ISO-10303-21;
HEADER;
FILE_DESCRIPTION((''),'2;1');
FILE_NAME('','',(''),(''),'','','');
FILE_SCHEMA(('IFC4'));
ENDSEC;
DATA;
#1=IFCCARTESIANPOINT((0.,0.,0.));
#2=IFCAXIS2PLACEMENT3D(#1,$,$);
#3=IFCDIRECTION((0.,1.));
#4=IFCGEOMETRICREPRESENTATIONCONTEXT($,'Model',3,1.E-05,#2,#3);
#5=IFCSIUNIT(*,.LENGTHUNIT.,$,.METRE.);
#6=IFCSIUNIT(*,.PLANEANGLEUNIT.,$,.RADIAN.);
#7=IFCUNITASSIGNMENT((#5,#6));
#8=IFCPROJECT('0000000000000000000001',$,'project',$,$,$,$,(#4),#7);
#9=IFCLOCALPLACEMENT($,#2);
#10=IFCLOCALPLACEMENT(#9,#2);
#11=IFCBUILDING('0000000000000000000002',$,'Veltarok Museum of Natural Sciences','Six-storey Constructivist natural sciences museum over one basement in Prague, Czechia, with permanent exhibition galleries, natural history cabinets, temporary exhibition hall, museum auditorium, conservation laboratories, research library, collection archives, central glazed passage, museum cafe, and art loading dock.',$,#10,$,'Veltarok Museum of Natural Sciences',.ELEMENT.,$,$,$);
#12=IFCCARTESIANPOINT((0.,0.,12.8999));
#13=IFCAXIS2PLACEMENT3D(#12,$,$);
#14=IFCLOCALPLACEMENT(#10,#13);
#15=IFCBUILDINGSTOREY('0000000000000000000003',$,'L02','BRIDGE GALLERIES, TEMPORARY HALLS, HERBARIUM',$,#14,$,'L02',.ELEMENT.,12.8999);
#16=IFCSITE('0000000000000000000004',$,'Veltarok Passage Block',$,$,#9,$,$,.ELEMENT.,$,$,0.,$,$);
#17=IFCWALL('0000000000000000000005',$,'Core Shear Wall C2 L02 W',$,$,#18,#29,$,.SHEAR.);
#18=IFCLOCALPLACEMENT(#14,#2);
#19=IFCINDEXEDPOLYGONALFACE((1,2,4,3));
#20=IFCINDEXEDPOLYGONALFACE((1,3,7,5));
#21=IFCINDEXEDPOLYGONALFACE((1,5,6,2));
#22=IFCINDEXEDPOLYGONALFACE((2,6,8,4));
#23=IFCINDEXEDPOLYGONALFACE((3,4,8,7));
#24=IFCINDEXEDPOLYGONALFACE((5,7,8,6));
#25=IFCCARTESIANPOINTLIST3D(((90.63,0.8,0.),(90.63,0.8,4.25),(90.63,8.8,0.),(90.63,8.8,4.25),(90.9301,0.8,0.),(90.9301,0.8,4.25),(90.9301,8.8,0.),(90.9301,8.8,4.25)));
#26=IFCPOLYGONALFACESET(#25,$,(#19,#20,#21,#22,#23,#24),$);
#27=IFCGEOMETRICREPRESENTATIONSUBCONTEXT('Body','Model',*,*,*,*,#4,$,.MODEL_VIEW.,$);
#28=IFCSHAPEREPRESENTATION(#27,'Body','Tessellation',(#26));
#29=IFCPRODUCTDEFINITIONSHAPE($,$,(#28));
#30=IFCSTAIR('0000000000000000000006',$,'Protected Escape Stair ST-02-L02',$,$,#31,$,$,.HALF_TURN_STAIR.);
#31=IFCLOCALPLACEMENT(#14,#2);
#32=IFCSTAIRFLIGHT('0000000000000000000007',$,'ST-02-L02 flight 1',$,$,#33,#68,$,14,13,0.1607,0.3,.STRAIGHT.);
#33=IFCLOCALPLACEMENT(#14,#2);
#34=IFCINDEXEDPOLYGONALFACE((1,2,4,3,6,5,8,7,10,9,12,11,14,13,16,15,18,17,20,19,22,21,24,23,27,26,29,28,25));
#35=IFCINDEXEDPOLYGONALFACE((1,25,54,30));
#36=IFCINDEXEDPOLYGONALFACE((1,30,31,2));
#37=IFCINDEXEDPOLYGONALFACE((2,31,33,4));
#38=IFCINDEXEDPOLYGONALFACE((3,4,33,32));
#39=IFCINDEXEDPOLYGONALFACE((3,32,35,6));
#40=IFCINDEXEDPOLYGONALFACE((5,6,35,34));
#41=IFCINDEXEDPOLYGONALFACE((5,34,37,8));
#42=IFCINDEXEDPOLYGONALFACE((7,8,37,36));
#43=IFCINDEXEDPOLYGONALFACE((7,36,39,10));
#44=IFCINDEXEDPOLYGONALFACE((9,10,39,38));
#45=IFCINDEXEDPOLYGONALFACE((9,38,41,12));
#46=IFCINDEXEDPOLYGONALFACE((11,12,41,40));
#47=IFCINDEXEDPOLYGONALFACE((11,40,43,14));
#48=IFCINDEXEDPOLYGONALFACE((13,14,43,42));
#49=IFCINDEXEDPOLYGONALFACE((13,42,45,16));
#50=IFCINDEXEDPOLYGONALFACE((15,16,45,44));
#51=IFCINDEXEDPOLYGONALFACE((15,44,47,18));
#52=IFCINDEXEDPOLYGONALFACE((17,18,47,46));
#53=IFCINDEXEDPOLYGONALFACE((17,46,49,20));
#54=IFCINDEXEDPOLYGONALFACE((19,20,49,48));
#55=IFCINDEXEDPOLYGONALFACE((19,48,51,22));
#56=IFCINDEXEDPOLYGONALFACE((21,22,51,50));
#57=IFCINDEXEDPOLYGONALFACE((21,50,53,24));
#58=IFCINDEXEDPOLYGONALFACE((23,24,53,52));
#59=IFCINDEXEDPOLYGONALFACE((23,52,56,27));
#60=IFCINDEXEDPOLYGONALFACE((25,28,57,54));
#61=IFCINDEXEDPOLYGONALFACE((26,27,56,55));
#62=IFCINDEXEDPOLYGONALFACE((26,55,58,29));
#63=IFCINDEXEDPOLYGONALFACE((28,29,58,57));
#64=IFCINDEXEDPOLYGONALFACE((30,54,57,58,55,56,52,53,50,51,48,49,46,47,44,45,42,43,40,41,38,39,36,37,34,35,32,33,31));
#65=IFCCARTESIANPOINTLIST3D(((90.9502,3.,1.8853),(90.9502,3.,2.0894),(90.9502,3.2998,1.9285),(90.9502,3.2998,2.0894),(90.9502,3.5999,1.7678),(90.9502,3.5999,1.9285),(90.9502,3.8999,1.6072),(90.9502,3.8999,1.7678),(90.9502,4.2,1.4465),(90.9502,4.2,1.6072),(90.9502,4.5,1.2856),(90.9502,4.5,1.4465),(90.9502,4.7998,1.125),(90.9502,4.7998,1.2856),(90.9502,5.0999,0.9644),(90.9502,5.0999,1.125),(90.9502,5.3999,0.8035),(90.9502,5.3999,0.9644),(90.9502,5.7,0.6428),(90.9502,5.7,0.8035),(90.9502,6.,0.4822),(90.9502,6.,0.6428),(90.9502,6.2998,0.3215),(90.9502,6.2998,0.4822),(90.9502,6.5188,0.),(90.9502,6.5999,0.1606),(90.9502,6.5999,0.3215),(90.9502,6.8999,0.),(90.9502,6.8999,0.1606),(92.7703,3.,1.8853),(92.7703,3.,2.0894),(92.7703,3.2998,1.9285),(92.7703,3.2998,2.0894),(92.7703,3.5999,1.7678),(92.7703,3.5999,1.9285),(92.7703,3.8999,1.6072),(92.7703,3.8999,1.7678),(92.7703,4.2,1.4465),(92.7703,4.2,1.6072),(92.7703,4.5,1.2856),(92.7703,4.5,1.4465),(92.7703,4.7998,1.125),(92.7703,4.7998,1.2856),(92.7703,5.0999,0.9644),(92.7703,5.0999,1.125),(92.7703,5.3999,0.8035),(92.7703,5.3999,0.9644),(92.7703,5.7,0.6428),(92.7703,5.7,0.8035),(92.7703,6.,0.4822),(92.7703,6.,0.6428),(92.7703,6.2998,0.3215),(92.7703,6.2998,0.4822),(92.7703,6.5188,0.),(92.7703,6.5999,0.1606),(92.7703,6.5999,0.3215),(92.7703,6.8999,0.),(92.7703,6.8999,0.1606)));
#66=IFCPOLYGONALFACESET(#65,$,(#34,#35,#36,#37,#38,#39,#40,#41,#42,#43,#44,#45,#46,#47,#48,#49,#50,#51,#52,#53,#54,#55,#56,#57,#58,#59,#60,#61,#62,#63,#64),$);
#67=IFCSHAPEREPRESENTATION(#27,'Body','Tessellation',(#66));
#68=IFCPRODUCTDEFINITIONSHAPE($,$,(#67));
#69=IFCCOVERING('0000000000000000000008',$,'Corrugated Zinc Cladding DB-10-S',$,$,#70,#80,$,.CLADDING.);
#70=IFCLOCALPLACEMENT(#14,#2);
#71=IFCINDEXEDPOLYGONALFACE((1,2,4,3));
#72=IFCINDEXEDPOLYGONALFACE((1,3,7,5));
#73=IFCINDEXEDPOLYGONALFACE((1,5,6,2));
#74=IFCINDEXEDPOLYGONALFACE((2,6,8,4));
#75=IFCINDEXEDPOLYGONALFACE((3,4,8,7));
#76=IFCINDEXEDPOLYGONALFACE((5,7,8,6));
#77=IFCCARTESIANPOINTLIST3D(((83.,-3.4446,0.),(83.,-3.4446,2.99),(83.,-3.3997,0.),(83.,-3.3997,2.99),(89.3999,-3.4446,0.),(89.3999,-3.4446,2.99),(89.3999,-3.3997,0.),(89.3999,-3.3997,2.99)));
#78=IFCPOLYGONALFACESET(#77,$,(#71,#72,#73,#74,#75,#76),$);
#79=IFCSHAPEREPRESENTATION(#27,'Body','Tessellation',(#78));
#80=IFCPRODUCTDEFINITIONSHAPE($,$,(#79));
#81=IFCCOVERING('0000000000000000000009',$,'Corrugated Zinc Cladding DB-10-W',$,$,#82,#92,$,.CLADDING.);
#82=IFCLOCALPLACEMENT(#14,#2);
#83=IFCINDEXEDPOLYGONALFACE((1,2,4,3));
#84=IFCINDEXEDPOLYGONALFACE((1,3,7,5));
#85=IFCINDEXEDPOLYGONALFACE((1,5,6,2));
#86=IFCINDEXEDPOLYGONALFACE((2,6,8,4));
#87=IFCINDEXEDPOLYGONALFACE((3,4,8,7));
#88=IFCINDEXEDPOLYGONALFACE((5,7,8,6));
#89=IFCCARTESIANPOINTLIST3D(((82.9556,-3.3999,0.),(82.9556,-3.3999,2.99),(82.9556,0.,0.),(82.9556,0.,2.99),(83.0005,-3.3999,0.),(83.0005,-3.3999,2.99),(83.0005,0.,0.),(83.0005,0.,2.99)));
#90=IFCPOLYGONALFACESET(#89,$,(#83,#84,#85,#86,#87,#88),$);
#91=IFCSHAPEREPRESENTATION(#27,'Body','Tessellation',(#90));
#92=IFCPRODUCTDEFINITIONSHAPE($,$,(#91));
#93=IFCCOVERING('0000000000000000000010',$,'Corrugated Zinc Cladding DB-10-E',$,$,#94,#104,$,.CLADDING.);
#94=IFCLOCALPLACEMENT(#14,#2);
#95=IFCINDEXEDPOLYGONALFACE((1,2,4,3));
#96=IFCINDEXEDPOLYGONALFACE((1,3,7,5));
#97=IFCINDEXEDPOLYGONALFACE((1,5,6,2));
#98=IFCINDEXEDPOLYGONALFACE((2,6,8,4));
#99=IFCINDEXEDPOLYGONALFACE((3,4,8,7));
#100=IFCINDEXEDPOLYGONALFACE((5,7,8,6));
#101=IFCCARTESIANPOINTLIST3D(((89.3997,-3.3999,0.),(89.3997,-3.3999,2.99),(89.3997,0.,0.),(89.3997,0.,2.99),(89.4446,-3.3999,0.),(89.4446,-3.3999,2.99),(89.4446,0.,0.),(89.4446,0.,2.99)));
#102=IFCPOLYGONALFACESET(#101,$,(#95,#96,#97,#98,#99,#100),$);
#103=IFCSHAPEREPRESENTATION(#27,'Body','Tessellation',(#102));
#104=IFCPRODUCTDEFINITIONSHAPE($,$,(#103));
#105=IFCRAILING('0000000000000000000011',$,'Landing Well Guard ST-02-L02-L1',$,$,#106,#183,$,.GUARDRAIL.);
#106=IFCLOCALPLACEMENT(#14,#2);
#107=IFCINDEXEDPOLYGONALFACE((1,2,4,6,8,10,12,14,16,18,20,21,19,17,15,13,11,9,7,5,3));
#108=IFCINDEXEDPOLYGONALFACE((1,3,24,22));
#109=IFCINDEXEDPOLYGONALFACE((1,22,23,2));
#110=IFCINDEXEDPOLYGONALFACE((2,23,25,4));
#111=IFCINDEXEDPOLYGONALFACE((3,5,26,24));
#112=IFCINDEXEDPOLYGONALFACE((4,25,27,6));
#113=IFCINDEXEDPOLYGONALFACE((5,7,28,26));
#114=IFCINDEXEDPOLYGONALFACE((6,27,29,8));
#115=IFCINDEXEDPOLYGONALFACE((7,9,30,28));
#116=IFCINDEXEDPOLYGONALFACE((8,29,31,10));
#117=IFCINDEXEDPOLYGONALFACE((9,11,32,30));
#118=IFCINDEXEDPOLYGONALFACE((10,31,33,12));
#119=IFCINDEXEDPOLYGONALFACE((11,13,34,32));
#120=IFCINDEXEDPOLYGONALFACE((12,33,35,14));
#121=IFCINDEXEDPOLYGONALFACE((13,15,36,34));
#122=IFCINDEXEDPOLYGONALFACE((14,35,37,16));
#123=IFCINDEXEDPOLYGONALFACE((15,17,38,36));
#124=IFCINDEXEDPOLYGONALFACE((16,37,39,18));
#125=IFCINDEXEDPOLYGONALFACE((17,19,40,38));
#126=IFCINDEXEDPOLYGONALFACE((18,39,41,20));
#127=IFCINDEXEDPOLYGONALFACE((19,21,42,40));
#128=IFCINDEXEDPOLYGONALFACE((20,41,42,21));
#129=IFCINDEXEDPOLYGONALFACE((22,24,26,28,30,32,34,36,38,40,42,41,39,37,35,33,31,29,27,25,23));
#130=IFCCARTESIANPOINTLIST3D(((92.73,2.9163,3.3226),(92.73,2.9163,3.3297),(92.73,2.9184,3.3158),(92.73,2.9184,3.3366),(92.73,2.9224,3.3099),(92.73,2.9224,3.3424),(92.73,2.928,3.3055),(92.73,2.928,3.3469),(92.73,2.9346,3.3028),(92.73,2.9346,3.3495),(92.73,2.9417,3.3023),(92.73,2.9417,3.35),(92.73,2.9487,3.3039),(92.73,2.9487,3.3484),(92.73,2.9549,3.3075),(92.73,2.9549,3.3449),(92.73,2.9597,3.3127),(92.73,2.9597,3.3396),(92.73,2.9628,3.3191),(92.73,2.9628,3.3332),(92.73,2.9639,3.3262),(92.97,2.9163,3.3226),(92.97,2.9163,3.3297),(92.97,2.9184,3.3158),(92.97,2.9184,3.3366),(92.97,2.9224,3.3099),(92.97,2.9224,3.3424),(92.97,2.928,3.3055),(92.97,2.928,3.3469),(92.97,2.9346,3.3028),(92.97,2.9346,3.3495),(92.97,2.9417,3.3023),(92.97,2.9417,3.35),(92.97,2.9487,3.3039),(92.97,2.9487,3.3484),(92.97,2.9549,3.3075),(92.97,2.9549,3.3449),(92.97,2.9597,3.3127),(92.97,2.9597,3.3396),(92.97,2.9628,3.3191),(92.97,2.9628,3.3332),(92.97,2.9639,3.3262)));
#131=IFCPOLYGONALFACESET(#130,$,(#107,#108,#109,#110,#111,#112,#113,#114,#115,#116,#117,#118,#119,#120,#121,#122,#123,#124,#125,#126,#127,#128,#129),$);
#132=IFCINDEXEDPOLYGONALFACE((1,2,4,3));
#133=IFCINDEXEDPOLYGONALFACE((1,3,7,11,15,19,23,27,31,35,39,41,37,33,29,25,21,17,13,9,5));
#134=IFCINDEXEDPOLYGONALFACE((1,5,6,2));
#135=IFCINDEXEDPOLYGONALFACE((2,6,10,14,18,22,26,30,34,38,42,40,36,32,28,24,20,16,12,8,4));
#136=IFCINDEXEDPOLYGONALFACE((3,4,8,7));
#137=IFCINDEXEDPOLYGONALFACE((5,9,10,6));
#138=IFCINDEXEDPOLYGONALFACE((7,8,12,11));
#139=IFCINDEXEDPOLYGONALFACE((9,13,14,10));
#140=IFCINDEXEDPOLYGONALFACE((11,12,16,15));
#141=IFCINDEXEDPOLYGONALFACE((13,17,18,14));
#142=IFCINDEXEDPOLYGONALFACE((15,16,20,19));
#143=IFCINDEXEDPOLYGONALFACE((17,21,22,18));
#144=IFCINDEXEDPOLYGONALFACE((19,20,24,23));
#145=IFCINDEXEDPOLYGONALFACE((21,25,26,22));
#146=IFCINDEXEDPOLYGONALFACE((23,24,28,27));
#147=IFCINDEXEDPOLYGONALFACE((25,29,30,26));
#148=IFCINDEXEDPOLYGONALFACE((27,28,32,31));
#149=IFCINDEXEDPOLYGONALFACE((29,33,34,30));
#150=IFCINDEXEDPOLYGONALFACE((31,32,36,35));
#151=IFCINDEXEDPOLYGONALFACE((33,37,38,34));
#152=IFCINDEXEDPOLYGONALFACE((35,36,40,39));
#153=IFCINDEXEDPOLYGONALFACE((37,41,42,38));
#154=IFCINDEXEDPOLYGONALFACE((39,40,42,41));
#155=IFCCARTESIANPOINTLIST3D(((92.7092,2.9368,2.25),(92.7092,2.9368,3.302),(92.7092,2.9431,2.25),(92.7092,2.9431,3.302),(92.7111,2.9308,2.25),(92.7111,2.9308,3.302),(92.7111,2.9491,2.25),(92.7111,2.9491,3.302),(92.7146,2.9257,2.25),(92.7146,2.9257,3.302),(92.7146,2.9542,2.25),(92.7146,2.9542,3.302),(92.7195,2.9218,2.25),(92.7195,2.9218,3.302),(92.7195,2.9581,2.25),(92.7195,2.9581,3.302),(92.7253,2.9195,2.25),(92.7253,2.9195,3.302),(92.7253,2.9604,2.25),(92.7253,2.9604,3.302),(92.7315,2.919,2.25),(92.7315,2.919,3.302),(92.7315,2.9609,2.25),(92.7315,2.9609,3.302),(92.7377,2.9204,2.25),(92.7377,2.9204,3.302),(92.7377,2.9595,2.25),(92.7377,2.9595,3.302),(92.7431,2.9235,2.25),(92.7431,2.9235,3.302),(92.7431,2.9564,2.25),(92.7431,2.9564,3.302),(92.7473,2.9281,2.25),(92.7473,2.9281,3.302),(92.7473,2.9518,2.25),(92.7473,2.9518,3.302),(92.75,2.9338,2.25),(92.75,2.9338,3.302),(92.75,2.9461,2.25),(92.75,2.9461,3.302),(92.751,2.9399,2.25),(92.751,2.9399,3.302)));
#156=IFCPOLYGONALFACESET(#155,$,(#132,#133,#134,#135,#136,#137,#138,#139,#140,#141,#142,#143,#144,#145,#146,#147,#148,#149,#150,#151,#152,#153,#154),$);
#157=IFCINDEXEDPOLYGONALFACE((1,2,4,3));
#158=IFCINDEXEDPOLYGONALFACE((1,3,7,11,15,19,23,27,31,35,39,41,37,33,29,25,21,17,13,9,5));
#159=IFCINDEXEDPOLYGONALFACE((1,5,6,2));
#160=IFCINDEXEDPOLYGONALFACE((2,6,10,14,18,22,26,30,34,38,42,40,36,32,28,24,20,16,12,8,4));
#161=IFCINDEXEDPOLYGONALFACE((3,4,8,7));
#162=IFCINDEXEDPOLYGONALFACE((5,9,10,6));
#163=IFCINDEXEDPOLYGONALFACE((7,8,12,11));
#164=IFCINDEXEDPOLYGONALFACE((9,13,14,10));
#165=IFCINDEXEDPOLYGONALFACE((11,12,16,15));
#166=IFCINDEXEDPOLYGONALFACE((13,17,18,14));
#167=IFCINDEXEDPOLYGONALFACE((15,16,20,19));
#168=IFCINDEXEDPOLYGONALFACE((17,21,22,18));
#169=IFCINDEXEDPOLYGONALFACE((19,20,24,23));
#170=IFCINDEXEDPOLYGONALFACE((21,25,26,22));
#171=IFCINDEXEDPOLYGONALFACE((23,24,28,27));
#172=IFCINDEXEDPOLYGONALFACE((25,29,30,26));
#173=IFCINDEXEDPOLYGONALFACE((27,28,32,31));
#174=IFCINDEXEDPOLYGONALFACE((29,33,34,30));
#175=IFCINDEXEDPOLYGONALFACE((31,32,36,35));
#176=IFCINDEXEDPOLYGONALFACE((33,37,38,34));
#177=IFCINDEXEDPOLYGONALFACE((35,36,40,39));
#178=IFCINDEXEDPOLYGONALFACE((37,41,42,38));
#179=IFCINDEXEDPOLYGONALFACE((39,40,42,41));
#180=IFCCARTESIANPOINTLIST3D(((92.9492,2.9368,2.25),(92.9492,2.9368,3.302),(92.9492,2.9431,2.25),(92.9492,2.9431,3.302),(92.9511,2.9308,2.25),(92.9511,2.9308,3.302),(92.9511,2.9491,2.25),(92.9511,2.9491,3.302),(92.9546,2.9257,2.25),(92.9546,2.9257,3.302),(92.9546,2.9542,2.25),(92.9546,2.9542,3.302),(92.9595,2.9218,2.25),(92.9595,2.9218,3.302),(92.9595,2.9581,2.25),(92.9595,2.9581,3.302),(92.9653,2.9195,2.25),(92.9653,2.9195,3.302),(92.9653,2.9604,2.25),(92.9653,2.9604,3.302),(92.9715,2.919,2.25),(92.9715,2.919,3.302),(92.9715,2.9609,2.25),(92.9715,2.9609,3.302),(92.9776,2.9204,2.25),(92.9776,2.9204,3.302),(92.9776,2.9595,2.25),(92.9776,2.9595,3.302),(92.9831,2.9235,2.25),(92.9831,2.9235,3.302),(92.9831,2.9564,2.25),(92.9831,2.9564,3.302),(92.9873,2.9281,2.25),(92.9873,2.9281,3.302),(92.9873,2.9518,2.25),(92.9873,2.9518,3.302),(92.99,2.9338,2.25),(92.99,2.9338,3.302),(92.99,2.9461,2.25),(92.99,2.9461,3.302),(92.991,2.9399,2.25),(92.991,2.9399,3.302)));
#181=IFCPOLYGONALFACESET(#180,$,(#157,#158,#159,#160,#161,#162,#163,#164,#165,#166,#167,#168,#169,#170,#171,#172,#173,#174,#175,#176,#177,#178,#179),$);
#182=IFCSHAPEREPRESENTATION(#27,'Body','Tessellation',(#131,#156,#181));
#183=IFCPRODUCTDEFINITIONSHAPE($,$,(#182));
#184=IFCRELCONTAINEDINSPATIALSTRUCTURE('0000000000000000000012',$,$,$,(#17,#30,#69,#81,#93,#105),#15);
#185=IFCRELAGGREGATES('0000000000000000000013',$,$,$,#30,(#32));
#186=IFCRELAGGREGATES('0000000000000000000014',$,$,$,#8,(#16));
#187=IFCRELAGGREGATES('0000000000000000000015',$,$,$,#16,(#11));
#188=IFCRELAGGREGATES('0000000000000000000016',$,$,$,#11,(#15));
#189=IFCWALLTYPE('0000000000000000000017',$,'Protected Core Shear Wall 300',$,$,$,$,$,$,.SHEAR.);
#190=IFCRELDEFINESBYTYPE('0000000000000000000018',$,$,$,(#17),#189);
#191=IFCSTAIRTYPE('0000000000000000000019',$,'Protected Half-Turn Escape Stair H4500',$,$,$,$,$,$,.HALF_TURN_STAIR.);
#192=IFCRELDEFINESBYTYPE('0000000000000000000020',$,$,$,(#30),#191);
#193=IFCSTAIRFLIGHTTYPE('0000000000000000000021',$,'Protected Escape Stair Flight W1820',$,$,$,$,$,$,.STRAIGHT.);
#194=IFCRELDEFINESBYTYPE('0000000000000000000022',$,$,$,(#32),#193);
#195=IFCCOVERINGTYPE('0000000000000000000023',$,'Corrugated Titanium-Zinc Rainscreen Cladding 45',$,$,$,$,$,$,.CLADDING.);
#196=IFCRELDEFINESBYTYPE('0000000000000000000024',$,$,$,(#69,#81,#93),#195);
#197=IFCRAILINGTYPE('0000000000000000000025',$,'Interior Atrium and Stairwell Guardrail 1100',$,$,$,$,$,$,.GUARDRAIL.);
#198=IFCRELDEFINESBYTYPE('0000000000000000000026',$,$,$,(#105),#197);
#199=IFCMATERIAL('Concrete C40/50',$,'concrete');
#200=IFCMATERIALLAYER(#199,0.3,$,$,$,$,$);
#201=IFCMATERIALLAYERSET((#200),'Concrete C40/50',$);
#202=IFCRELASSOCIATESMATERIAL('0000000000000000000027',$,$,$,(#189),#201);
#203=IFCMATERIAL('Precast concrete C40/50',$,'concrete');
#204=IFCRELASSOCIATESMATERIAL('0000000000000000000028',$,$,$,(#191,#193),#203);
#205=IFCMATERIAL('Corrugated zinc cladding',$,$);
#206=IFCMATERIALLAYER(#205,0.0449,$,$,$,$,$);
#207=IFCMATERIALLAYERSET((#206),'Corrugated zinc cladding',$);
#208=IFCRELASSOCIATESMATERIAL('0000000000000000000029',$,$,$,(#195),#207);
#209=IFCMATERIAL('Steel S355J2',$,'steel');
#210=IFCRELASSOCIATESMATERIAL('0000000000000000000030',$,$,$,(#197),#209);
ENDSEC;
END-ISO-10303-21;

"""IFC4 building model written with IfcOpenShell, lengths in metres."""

from ifc_helpers import new_model, si_unit, direction, frame, frame_2d, origin, origin_2d, place, context, subcontext, project, spatial, polyline, rectangle, circle, outline, extrude, material, layer, layer_set, type_object, element, aggregate, save


model = new_model("IFC4")

# Units and contexts
model_context = context("Model", 3, precision=1e-05, world=origin(), true_north=direction((0.0, 1.0)))
body_context = subcontext(model_context, "Body", "Model", "MODEL_VIEW")
ifc_project = project(units=[si_unit("LENGTHUNIT", "METRE"), si_unit("PLANEANGLEUNIT", "RADIAN")], contexts=[model_context])

# Site, building, storey
site_placement = place(None, origin())
site = spatial("IfcSite", under=ifc_project, at=site_placement, Name="Veltarok Passage Block", CompositionType="ELEMENT", RefElevation=0.0)
building_placement = place(site_placement, origin())
building = spatial("IfcBuilding", under=site, at=building_placement, Name="Veltarok Museum of Natural Sciences", Description="Six-storey Constructivist natural sciences museum over one basement in Prague, Czechia, with permanent exhibition galleries, natural history cabinets, temporary exhibition hall, museum auditorium, conservation laboratories, research library, collection archives, central glazed passage, museum cafe, and art loading dock.", LongName="Veltarok Museum of Natural Sciences", CompositionType="ELEMENT")
storey_placement = place(building_placement, frame((0.0, 0.0, 12.8999)))
storey = spatial("IfcBuildingStorey", under=building, at=storey_placement, Name="L02", Description="BRIDGE GALLERIES, TEMPORARY HALLS, HERBARIUM", LongName="L02", CompositionType="ELEMENT", Elevation=12.8999)

# Shared definitions
ifc_material_1 = material(Name="Concrete C40/50", Category="concrete")
ifc_material_2 = material(Name="Steel S355J2", Category="steel")

# Shared definitions
ifc_material_3 = material(Name="Precast concrete C40/50", Category="concrete")

# Wall
ifc_layer_1 = layer(ifc_material_1, 0.3)
ifc_layer_set_1 = layer_set([ifc_layer_1], Name="Concrete C40/50")
wall_type_1 = type_object("IfcWallType", Name="Protected Core Shear Wall 300", PredefinedType="SHEAR", material=ifc_layer_set_1)
wall_1_placement = place(storey_placement, frame((90.78, 8.8, 0.0), z_axis=(0.0, 0.0, 1.0), x_axis=(0.0, -1.0, 0.0)))
element("IfcWall", 1, at=wall_1_placement, inside=storey, type_object=wall_type_1, Name="Core Shear Wall C2 L02 W", PredefinedType="SHEAR", context=body_context, shape_type="SweptSolid", body=[
    extrude(rectangle(XDim=8.0, YDim=0.3, at=frame_2d((4.0, 0.0))), origin(), (0.0, 0.0, 1.0), 4.25),
])

# Stair, stair flight
stair_type = type_object("IfcStairType", Name="Protected Half-Turn Escape Stair H4500", PredefinedType="HALF_TURN_STAIR", material=ifc_material_3)
stair_placement = place(storey_placement, origin())
stair = element("IfcStair", 2, at=stair_placement, inside=storey, type_object=stair_type, Name="Protected Escape Stair ST-02-L02", PredefinedType="HALF_TURN_STAIR")
stair_flight_type = type_object("IfcStairFlightType", Name="Protected Escape Stair Flight W1820", PredefinedType="STRAIGHT", material=ifc_material_3)
stair_flight_placement = place(storey_placement, frame((91.8601, 6.8999, 0.0), z_axis=(0.0, 0.0, 1.0), x_axis=(0.0, -1.0, 0.0)))
stair_flight = element("IfcStairFlight", 3, at=stair_flight_placement, type_object=stair_flight_type, Name="ST-02-L02 flight 1", NumberOfRisers=14, NumberOfTreads=13, PredefinedType="STRAIGHT", RiserHeight=0.1607, TreadLength=0.3, context=body_context, shape_type="SweptSolid", body=[
    extrude(outline(polyline([(0.0, 0.0), (0.0, 0.1606), (0.3, 0.1606), (0.3, 0.3215), (0.6001, 0.3215), (0.6001, 0.4822), (0.8999, 0.4822), (0.8999, 0.6428), (1.2, 0.6428), (1.2, 0.8035), (1.5, 0.8035), (1.5, 0.9644), (1.8, 0.9644), (1.8, 1.125), (2.1001, 1.125), (2.1001, 1.2856), (2.3999, 1.2856), (2.3999, 1.4465), (2.7, 1.4465), (2.7, 1.6072), (3.0, 1.6072), (3.0, 1.7678), (3.3, 1.7678), (3.3, 1.9285), (3.6001, 1.9285), (3.6001, 2.0894), (3.8999, 2.0894), (3.8999, 2.25), (3.8999, 1.8853), (0.3811, 0.0), (0.0, 0.0)])), frame((0.0, 0.9102, 0.0), z_axis=(0.0, -1.0, 0.0), x_axis=(1.0, 0.0, 0.0)), (0.0, 0.0, 1.0), 1.8201),
])
aggregate(stair, [stair_flight])

# Coverings
ifc_material_4 = material(Name="Corrugated zinc cladding")
ifc_layer_2 = layer(ifc_material_4, 0.0449)
ifc_layer_set_2 = layer_set([ifc_layer_2], Name="Corrugated zinc cladding")
covering_type = type_object("IfcCoveringType", Name="Corrugated Titanium-Zinc Rainscreen Cladding 45", PredefinedType="CLADDING", material=ifc_layer_set_2)
covering_placement = place(storey_placement, frame((83.0, -3.4221, 0.0), z_axis=(0.0, 0.0, 1.0), x_axis=(1.0, 0.0, 0.0)))
element("IfcCovering", 4, at=covering_placement, inside=storey, type_object=covering_type, Name="Corrugated Zinc Cladding DB-10-S", PredefinedType="CLADDING", context=body_context, shape_type="SweptSolid", body=[
    extrude(rectangle(XDim=6.3999, YDim=0.0449, at=frame_2d((3.2, 0.0))), origin(), (0.0, 0.0, 1.0), 2.99),
])
for number, where, z_axis, x_axis, name in (
    (5, (82.978, 0.0, 0.0), (0.0, 0.0, 1.0), (0.0, -1.0, 0.0), "Corrugated Zinc Cladding DB-10-W"),
    (6, (89.4221, -3.3999, 0.0), (0.0, 0.0, 1.0), (0.0, 1.0, 0.0), "Corrugated Zinc Cladding DB-10-E"),
):
    element("IfcCovering", number, at=place(storey_placement, frame(where, z_axis=z_axis, x_axis=x_axis)), inside=storey, type_object=covering_type, Name=name, PredefinedType="CLADDING", context=body_context, shape_type="SweptSolid", body=[
        extrude(rectangle(XDim=3.3999, YDim=0.0449, at=frame_2d((1.7, 0.0))), origin(), (0.0, 0.0, 1.0), 2.99),
    ])

# Railing
railing_type_1 = type_object("IfcRailingType", Name="Interior Atrium and Stairwell Guardrail 1100", PredefinedType="GUARDRAIL", material=ifc_material_2)
railing_placement = place(storey_placement, frame((92.73, 2.9399, 2.25)))
element("IfcRailing", 7, at=railing_placement, inside=storey, type_object=railing_type_1, Name="Landing Well Guard ST-02-L02-L1", PredefinedType="GUARDRAIL", context=body_context, shape_type="SweptSolid", body=[
    extrude(circle(Radius=0.0239, at=origin_2d()), frame((0.0, 0.0, 1.0762), z_axis=(1.0, 0.0, 0.0), x_axis=(0.0, 1.0, 0.0)), (0.0, 0.0, 1.0), 0.24),
    extrude(circle(Radius=0.021, at=origin_2d()), origin(), (0.0, 0.0, 1.0), 1.052),
    extrude(circle(Radius=0.021, at=origin_2d()), frame((0.24, 0.0, 0.0)), (0.0, 0.0, 1.0), 1.052),
])

save(model, "model.ifc")
